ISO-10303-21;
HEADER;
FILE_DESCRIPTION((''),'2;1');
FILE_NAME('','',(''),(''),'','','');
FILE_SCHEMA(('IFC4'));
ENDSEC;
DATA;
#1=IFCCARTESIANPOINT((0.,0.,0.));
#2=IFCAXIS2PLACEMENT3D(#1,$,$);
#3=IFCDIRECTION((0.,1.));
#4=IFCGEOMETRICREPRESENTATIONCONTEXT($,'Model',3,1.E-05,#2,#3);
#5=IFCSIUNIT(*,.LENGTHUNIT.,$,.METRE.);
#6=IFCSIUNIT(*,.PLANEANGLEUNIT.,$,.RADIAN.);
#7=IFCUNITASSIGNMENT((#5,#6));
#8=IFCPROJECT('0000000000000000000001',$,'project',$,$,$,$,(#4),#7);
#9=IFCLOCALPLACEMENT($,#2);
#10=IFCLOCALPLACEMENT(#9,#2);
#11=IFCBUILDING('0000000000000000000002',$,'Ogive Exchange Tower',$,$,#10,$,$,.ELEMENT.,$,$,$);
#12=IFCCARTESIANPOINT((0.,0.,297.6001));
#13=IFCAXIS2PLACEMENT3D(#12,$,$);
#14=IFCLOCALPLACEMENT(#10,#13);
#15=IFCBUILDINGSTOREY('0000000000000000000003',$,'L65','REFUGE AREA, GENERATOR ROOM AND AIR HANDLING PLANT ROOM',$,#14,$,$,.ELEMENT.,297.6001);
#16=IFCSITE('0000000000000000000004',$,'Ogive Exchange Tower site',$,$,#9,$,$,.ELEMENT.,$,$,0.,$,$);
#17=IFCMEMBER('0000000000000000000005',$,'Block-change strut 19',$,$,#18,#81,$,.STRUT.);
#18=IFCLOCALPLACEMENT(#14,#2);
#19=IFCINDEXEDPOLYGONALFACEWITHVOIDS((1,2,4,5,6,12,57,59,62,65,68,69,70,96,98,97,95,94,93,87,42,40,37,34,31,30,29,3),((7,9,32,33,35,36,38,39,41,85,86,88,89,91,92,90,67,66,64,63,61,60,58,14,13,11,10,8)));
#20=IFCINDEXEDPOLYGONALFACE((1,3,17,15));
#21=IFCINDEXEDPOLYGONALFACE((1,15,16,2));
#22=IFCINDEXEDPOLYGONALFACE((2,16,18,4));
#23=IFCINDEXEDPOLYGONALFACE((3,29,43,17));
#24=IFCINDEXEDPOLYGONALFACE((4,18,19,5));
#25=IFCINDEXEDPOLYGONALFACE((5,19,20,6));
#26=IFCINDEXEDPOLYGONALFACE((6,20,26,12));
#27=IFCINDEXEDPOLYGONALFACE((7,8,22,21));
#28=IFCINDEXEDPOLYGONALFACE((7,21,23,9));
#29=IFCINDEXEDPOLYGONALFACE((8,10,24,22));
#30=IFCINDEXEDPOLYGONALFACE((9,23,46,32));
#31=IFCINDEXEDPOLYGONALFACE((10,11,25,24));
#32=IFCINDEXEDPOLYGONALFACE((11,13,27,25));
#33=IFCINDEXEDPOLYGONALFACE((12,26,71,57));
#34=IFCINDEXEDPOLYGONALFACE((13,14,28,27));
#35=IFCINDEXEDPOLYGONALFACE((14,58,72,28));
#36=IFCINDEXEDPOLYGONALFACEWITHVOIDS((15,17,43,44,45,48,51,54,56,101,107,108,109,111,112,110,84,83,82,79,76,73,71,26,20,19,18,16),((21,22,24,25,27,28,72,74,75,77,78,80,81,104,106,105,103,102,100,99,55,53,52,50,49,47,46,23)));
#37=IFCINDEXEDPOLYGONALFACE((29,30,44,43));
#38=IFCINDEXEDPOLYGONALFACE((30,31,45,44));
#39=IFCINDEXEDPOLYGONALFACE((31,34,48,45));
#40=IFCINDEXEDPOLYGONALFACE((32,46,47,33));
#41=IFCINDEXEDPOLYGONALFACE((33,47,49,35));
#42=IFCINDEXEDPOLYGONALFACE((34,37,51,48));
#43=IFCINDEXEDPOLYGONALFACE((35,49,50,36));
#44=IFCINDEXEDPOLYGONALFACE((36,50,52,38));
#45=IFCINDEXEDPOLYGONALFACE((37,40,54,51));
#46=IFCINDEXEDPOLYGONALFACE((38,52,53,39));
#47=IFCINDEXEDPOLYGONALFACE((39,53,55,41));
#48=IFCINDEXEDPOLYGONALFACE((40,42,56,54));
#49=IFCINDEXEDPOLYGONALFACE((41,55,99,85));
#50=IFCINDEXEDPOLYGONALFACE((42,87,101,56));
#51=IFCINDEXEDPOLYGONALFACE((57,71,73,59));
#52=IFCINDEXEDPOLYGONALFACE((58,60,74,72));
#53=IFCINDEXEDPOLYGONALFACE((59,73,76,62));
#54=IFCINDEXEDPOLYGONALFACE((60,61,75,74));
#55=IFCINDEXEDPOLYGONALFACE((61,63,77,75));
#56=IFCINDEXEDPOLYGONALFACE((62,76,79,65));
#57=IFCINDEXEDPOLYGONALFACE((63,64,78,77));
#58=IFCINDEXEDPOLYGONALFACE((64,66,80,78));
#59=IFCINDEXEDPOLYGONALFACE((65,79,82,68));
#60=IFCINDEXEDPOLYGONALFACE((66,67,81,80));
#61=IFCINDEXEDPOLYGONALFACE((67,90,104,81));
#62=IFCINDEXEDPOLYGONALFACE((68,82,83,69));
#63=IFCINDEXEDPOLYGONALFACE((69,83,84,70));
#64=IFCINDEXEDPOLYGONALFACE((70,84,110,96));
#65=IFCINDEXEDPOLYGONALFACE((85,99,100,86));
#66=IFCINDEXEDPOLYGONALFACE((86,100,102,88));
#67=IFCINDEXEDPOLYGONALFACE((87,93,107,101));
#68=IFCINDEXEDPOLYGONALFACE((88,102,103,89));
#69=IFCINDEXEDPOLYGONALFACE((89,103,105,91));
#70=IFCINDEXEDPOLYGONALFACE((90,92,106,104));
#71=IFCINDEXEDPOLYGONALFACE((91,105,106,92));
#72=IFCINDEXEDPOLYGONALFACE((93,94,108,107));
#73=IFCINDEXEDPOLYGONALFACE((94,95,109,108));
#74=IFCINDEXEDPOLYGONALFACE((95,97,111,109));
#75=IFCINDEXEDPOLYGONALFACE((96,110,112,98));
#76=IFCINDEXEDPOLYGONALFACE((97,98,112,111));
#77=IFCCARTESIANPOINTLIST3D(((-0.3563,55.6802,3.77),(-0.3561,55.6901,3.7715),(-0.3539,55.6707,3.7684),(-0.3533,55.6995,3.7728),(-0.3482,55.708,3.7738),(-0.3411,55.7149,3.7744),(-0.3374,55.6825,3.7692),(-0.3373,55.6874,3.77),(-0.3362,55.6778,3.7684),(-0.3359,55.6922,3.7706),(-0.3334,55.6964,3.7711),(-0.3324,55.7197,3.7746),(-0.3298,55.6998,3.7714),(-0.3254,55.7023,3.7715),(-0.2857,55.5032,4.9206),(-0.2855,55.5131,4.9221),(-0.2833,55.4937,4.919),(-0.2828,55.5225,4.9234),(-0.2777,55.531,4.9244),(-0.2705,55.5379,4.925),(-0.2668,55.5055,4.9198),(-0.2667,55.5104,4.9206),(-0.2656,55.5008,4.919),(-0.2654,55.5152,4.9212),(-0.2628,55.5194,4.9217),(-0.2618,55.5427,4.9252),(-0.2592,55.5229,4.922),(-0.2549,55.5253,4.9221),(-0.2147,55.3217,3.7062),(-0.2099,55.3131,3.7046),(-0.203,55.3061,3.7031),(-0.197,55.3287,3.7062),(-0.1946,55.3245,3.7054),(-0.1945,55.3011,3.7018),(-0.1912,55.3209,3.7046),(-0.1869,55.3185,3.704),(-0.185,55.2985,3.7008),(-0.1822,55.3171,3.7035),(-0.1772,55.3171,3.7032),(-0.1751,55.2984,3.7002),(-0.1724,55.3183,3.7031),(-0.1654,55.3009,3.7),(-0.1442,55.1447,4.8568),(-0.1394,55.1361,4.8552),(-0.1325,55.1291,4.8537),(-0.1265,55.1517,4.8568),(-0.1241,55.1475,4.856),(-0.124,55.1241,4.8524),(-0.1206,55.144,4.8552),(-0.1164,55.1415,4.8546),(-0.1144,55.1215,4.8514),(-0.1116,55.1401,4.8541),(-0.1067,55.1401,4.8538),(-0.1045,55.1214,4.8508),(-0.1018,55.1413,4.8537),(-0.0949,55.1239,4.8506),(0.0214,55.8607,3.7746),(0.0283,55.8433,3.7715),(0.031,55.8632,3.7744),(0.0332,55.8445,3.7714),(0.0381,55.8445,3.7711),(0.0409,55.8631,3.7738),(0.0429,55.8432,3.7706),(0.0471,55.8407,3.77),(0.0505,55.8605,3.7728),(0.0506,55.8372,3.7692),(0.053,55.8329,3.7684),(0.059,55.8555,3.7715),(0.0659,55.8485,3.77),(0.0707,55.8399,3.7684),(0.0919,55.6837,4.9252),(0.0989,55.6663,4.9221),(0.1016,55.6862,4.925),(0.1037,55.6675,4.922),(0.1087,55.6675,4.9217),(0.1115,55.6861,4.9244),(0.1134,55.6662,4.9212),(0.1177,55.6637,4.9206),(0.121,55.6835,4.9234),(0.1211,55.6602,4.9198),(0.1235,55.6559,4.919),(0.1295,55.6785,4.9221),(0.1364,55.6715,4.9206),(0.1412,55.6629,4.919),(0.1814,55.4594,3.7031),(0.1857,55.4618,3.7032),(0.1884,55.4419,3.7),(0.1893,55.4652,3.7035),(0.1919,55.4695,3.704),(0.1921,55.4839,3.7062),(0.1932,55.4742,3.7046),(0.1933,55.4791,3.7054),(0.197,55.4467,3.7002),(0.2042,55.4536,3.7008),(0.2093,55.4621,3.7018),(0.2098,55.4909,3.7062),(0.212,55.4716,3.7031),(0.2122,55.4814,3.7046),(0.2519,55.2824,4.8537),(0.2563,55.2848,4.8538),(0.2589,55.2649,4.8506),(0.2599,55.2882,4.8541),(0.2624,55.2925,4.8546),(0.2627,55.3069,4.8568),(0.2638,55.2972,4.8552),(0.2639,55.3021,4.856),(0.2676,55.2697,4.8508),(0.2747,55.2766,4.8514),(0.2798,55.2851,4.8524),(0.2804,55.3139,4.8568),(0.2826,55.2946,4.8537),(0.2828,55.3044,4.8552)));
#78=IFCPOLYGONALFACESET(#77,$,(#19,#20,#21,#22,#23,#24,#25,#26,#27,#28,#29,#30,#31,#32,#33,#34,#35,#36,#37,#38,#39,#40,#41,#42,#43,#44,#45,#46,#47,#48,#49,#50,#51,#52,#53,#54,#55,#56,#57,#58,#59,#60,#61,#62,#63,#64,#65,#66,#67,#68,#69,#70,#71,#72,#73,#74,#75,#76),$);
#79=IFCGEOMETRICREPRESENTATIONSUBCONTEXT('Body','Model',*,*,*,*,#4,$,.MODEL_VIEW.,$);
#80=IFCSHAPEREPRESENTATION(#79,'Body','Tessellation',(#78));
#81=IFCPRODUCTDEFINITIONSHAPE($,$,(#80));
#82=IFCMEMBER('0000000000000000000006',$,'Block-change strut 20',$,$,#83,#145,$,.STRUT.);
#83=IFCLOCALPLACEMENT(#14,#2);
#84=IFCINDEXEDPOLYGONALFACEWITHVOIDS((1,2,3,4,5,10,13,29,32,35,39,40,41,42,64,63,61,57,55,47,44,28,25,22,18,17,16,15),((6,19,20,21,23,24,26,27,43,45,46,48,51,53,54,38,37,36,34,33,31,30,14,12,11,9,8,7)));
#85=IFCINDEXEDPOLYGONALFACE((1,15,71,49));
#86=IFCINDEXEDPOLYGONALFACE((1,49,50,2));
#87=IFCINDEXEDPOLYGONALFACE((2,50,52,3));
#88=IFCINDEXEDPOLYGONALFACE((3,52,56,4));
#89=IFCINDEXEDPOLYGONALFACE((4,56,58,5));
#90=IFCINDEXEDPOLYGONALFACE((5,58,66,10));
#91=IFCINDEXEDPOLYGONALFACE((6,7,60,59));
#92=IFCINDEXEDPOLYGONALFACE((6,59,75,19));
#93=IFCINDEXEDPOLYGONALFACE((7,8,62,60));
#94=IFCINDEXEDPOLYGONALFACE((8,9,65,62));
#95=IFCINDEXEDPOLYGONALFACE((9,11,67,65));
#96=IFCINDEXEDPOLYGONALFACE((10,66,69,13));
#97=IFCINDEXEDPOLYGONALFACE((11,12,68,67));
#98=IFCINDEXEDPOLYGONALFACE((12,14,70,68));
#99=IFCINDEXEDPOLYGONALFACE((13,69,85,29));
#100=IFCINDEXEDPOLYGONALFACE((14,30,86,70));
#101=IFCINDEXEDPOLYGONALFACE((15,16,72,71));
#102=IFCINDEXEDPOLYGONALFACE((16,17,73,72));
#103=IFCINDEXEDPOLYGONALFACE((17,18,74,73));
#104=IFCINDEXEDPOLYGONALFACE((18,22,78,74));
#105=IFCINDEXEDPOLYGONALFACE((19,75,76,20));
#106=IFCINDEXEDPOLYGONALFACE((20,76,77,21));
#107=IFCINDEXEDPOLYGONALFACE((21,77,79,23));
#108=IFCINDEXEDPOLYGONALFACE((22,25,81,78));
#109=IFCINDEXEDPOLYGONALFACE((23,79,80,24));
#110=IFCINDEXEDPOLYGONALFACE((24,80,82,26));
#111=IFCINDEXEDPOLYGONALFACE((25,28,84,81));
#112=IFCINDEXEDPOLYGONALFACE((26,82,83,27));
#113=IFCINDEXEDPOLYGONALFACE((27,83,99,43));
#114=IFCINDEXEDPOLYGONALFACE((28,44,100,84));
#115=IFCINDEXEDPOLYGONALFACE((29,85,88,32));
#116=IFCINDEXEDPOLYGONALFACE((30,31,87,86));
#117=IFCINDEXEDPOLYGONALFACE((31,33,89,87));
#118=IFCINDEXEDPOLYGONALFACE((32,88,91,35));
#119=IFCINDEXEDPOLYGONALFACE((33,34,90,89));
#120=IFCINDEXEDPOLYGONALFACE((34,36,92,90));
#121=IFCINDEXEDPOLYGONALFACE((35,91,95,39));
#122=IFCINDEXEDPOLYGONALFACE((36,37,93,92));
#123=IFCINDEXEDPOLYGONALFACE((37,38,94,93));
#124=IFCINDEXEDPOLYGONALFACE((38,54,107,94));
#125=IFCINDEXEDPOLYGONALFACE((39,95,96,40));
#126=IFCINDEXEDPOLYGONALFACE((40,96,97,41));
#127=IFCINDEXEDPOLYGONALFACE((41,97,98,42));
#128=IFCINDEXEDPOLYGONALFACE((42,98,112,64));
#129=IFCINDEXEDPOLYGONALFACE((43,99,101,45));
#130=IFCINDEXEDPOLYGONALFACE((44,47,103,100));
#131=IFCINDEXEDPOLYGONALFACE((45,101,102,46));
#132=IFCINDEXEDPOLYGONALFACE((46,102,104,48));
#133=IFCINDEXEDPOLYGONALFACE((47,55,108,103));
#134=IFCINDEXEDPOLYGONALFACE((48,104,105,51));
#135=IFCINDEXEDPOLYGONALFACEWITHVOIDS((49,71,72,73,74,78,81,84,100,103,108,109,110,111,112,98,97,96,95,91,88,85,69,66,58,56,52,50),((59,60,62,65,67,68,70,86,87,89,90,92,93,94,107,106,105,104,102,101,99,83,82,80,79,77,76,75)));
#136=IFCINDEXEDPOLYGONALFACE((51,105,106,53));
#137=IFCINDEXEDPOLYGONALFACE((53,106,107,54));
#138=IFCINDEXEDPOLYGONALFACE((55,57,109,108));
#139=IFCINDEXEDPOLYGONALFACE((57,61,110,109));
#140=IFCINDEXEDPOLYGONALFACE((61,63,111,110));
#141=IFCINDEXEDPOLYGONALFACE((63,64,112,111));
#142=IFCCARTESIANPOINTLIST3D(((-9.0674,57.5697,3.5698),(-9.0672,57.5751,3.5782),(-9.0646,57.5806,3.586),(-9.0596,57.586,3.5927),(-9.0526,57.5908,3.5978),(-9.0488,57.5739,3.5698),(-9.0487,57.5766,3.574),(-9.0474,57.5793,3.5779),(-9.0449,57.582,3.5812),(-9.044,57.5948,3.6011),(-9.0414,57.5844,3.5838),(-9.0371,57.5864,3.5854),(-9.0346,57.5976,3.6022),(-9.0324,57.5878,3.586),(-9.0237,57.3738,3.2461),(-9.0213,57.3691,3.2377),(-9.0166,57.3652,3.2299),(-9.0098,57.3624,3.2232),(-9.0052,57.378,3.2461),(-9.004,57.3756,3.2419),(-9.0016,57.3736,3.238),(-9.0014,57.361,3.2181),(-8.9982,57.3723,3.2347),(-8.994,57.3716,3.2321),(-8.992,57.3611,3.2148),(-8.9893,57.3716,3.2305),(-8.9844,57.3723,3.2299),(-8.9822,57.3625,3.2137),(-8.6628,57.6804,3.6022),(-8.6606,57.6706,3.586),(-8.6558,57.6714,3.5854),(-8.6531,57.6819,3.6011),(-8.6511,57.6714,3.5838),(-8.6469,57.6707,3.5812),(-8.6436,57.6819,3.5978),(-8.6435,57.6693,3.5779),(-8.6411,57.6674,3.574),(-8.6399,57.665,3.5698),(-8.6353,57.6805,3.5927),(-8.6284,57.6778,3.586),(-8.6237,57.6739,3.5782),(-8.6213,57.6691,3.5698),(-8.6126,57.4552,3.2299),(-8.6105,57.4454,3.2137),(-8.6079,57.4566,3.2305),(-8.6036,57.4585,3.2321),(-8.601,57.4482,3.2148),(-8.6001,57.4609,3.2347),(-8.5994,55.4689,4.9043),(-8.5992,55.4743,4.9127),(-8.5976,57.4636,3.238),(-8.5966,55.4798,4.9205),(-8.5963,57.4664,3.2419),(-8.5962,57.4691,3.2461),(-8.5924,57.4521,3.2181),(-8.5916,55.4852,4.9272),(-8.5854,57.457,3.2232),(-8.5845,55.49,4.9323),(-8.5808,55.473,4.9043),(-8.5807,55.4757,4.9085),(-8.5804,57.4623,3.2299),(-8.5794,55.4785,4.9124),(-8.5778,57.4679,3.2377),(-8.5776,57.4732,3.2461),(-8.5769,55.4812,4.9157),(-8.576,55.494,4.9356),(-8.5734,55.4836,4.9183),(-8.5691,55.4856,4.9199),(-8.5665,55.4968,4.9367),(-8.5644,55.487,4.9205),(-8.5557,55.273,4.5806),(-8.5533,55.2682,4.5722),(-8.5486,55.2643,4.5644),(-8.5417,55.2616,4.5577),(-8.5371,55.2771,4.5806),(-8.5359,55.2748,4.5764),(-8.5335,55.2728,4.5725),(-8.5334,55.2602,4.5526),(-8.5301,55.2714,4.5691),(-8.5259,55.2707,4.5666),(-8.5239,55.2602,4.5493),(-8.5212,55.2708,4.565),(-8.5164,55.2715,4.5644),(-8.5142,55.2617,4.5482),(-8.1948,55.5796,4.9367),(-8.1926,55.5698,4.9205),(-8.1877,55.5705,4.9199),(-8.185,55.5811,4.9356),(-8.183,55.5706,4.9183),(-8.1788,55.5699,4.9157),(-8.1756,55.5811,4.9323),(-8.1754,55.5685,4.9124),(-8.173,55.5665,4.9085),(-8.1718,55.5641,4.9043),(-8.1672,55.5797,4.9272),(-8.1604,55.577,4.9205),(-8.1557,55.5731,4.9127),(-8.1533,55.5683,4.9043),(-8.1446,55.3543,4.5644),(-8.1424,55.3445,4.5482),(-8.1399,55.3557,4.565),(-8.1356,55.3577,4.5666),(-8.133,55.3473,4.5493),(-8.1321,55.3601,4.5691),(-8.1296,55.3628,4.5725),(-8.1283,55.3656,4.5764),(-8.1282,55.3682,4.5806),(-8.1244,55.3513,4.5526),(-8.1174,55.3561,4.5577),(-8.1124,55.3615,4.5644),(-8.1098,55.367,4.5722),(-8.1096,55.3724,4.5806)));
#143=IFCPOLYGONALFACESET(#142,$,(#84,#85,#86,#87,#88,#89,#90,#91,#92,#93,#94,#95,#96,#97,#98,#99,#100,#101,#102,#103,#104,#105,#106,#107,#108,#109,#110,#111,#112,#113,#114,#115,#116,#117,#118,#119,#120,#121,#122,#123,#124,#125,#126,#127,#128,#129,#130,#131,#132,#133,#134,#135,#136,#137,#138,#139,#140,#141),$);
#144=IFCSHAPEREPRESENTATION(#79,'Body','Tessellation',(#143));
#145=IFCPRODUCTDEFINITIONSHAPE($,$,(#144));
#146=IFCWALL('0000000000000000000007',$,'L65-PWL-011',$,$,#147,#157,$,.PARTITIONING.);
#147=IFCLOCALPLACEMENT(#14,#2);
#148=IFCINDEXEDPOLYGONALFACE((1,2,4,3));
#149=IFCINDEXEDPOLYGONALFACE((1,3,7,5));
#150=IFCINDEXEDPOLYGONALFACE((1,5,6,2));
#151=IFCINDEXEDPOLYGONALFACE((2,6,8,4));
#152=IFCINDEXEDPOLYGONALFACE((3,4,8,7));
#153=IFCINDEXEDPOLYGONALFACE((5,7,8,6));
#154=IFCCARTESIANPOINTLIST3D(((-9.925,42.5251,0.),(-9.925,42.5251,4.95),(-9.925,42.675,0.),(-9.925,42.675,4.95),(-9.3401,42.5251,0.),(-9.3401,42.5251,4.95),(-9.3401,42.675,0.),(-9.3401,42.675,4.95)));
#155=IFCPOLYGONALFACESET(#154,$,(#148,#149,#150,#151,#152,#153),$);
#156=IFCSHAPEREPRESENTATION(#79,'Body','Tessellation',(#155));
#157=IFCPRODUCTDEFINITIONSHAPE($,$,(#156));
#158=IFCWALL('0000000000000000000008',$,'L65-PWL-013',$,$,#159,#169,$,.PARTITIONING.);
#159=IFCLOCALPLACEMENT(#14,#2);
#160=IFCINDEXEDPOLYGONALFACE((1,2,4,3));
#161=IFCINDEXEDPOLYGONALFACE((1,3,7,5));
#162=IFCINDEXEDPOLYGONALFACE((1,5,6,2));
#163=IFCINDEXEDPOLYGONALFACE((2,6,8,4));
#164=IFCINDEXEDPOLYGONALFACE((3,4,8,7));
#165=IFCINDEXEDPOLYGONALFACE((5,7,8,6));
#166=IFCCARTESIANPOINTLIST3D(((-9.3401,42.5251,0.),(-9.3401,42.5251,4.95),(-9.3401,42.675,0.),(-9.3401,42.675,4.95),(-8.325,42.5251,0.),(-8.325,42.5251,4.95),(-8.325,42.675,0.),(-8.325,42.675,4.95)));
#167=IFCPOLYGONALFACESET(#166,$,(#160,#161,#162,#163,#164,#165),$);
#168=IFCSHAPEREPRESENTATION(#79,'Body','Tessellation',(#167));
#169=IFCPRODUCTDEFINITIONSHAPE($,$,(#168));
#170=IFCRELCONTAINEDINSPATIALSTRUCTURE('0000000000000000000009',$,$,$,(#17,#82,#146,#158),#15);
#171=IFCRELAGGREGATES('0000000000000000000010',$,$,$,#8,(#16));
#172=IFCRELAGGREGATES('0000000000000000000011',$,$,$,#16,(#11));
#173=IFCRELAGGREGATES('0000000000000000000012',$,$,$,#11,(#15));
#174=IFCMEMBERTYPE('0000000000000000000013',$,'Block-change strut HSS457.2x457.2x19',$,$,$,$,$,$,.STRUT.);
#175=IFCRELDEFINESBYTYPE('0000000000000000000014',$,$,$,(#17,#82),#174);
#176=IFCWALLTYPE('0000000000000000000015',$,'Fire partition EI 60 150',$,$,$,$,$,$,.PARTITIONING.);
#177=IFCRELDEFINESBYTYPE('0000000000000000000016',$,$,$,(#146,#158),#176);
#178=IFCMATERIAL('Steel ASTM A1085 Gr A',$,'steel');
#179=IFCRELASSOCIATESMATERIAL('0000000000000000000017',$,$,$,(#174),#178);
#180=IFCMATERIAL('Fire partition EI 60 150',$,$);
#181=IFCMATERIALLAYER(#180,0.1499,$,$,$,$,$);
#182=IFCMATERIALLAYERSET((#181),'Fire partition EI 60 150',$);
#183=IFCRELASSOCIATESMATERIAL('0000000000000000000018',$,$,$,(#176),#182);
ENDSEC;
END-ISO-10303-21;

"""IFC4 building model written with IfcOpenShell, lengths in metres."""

from ifc_helpers import new_model, si_unit, direction, frame, frame_2d, origin, origin_2d, place, context, subcontext, project, spatial, rectangle, hollow_rectangle, extrude, material, layer, layer_set, material_profile, profile_set, type_object, element, save


model = new_model("IFC4")

# Units and contexts
model_context = context("Model", 3, precision=1e-05, world=origin(), true_north=direction((0.0, 1.0)))
body_context = subcontext(model_context, "Body", "Model", "MODEL_VIEW")
ifc_project = project(units=[si_unit("LENGTHUNIT", "METRE"), si_unit("PLANEANGLEUNIT", "RADIAN")], contexts=[model_context])

# Site, building, storey
site_placement = place(None, origin())
site = spatial("IfcSite", under=ifc_project, at=site_placement, Name="Ogive Exchange Tower site", CompositionType="ELEMENT", RefElevation=0.0)
building_placement = place(site_placement, origin())
building = spatial("IfcBuilding", under=site, at=building_placement, Name="Ogive Exchange Tower", CompositionType="ELEMENT")
storey_placement = place(building_placement, frame((0.0, 0.0, 297.6001)))
storey = spatial("IfcBuildingStorey", under=building, at=storey_placement, Name="L65", Description="REFUGE AREA, GENERATOR ROOM AND AIR HANDLING PLANT ROOM", CompositionType="ELEMENT", Elevation=297.6001)

# Shared definitions
ifc_material_1 = material(Name="Steel ASTM A1085 Gr A", Category="steel")

# Members
ifc_material_profile_1 = material_profile(ifc_material_1, hollow_rectangle(XDim=0.457, YDim=0.457, WallThickness=0.019, InnerFilletRadius=0.019, OuterFilletRadius=0.0381, at=origin_2d()), Name="HSS457.2x457.2x19")
ifc_profile_set_1 = profile_set([ifc_material_profile_1], Name="Steel ASTM A1085 Gr A")
member_type_1 = type_object("IfcMemberType", Name="Block-change strut HSS457.2x457.2x19", PredefinedType="STRUT", material=ifc_profile_set_1)
member_1_placement = place(storey_placement, frame((-0.072, 55.5808, 3.7373), z_axis=(0.060496, -0.151763, 0.986564), x_axis=(0.928918, 0.370286, 0.0)))
element("IfcMember", 1, at=member_1_placement, inside=storey, type_object=member_type_1, Name="Block-change strut 19", PredefinedType="STRUT", context=body_context, shape_type="SweptSolid", body=[
    extrude(hollow_rectangle(XDim=0.457, YDim=0.457, WallThickness=0.019, InnerFilletRadius=0.019, OuterFilletRadius=0.0381, at=origin_2d()), origin(), (0.0, 0.0, 1.0), 1.1663),
])
member_2_placement = place(storey_placement, frame((-8.8225, 57.5215, 3.408), z_axis=(0.184808, -0.829562, 0.526948), x_axis=(0.976072, 0.217447, 0.0)))
element("IfcMember", 2, at=member_2_placement, inside=storey, type_object=member_type_1, Name="Block-change strut 20", PredefinedType="STRUT", context=body_context, shape_type="SweptSolid", body=[
    extrude(hollow_rectangle(XDim=0.457, YDim=0.457, WallThickness=0.019, InnerFilletRadius=0.019, OuterFilletRadius=0.0381, at=origin_2d()), origin(), (0.0, 0.0, 1.0), 2.5325),
])

# Walls
ifc_material_2 = material(Name="Fire partition EI 60 150")
ifc_layer_1 = layer(ifc_material_2, 0.1499)
ifc_layer_set_1 = layer_set([ifc_layer_1], Name="Fire partition EI 60 150")
wall_type_1 = type_object("IfcWallType", Name="Fire partition EI 60 150", PredefinedType="PARTITIONING", material=ifc_layer_set_1)
wall_1_placement = place(storey_placement, frame((-9.925, 42.6001, 0.0), z_axis=(0.0, 0.0, 1.0), x_axis=(1.0, 0.0, 0.0)))
element("IfcWall", 3, at=wall_1_placement, inside=storey, type_object=wall_type_1, Name="L65-PWL-011", PredefinedType="PARTITIONING", context=body_context, shape_type="SweptSolid", body=[
    extrude(rectangle(XDim=0.585, YDim=0.1499, at=frame_2d((0.2925, 0.0))), origin(), (0.0, 0.0, 1.0), 4.95),
])
wall_2_placement = place(storey_placement, frame((-9.3401, 42.6001, 0.0), z_axis=(0.0, 0.0, 1.0), x_axis=(1.0, 0.0, 0.0)))
element("IfcWall", 4, at=wall_2_placement, inside=storey, type_object=wall_type_1, Name="L65-PWL-013", PredefinedType="PARTITIONING", context=body_context, shape_type="SweptSolid", body=[
    extrude(rectangle(XDim=1.0151, YDim=0.1499, at=frame_2d((0.5076, 0.0))), origin(), (0.0, 0.0, 1.0), 4.95),
])

save(model, "model.ifc")
